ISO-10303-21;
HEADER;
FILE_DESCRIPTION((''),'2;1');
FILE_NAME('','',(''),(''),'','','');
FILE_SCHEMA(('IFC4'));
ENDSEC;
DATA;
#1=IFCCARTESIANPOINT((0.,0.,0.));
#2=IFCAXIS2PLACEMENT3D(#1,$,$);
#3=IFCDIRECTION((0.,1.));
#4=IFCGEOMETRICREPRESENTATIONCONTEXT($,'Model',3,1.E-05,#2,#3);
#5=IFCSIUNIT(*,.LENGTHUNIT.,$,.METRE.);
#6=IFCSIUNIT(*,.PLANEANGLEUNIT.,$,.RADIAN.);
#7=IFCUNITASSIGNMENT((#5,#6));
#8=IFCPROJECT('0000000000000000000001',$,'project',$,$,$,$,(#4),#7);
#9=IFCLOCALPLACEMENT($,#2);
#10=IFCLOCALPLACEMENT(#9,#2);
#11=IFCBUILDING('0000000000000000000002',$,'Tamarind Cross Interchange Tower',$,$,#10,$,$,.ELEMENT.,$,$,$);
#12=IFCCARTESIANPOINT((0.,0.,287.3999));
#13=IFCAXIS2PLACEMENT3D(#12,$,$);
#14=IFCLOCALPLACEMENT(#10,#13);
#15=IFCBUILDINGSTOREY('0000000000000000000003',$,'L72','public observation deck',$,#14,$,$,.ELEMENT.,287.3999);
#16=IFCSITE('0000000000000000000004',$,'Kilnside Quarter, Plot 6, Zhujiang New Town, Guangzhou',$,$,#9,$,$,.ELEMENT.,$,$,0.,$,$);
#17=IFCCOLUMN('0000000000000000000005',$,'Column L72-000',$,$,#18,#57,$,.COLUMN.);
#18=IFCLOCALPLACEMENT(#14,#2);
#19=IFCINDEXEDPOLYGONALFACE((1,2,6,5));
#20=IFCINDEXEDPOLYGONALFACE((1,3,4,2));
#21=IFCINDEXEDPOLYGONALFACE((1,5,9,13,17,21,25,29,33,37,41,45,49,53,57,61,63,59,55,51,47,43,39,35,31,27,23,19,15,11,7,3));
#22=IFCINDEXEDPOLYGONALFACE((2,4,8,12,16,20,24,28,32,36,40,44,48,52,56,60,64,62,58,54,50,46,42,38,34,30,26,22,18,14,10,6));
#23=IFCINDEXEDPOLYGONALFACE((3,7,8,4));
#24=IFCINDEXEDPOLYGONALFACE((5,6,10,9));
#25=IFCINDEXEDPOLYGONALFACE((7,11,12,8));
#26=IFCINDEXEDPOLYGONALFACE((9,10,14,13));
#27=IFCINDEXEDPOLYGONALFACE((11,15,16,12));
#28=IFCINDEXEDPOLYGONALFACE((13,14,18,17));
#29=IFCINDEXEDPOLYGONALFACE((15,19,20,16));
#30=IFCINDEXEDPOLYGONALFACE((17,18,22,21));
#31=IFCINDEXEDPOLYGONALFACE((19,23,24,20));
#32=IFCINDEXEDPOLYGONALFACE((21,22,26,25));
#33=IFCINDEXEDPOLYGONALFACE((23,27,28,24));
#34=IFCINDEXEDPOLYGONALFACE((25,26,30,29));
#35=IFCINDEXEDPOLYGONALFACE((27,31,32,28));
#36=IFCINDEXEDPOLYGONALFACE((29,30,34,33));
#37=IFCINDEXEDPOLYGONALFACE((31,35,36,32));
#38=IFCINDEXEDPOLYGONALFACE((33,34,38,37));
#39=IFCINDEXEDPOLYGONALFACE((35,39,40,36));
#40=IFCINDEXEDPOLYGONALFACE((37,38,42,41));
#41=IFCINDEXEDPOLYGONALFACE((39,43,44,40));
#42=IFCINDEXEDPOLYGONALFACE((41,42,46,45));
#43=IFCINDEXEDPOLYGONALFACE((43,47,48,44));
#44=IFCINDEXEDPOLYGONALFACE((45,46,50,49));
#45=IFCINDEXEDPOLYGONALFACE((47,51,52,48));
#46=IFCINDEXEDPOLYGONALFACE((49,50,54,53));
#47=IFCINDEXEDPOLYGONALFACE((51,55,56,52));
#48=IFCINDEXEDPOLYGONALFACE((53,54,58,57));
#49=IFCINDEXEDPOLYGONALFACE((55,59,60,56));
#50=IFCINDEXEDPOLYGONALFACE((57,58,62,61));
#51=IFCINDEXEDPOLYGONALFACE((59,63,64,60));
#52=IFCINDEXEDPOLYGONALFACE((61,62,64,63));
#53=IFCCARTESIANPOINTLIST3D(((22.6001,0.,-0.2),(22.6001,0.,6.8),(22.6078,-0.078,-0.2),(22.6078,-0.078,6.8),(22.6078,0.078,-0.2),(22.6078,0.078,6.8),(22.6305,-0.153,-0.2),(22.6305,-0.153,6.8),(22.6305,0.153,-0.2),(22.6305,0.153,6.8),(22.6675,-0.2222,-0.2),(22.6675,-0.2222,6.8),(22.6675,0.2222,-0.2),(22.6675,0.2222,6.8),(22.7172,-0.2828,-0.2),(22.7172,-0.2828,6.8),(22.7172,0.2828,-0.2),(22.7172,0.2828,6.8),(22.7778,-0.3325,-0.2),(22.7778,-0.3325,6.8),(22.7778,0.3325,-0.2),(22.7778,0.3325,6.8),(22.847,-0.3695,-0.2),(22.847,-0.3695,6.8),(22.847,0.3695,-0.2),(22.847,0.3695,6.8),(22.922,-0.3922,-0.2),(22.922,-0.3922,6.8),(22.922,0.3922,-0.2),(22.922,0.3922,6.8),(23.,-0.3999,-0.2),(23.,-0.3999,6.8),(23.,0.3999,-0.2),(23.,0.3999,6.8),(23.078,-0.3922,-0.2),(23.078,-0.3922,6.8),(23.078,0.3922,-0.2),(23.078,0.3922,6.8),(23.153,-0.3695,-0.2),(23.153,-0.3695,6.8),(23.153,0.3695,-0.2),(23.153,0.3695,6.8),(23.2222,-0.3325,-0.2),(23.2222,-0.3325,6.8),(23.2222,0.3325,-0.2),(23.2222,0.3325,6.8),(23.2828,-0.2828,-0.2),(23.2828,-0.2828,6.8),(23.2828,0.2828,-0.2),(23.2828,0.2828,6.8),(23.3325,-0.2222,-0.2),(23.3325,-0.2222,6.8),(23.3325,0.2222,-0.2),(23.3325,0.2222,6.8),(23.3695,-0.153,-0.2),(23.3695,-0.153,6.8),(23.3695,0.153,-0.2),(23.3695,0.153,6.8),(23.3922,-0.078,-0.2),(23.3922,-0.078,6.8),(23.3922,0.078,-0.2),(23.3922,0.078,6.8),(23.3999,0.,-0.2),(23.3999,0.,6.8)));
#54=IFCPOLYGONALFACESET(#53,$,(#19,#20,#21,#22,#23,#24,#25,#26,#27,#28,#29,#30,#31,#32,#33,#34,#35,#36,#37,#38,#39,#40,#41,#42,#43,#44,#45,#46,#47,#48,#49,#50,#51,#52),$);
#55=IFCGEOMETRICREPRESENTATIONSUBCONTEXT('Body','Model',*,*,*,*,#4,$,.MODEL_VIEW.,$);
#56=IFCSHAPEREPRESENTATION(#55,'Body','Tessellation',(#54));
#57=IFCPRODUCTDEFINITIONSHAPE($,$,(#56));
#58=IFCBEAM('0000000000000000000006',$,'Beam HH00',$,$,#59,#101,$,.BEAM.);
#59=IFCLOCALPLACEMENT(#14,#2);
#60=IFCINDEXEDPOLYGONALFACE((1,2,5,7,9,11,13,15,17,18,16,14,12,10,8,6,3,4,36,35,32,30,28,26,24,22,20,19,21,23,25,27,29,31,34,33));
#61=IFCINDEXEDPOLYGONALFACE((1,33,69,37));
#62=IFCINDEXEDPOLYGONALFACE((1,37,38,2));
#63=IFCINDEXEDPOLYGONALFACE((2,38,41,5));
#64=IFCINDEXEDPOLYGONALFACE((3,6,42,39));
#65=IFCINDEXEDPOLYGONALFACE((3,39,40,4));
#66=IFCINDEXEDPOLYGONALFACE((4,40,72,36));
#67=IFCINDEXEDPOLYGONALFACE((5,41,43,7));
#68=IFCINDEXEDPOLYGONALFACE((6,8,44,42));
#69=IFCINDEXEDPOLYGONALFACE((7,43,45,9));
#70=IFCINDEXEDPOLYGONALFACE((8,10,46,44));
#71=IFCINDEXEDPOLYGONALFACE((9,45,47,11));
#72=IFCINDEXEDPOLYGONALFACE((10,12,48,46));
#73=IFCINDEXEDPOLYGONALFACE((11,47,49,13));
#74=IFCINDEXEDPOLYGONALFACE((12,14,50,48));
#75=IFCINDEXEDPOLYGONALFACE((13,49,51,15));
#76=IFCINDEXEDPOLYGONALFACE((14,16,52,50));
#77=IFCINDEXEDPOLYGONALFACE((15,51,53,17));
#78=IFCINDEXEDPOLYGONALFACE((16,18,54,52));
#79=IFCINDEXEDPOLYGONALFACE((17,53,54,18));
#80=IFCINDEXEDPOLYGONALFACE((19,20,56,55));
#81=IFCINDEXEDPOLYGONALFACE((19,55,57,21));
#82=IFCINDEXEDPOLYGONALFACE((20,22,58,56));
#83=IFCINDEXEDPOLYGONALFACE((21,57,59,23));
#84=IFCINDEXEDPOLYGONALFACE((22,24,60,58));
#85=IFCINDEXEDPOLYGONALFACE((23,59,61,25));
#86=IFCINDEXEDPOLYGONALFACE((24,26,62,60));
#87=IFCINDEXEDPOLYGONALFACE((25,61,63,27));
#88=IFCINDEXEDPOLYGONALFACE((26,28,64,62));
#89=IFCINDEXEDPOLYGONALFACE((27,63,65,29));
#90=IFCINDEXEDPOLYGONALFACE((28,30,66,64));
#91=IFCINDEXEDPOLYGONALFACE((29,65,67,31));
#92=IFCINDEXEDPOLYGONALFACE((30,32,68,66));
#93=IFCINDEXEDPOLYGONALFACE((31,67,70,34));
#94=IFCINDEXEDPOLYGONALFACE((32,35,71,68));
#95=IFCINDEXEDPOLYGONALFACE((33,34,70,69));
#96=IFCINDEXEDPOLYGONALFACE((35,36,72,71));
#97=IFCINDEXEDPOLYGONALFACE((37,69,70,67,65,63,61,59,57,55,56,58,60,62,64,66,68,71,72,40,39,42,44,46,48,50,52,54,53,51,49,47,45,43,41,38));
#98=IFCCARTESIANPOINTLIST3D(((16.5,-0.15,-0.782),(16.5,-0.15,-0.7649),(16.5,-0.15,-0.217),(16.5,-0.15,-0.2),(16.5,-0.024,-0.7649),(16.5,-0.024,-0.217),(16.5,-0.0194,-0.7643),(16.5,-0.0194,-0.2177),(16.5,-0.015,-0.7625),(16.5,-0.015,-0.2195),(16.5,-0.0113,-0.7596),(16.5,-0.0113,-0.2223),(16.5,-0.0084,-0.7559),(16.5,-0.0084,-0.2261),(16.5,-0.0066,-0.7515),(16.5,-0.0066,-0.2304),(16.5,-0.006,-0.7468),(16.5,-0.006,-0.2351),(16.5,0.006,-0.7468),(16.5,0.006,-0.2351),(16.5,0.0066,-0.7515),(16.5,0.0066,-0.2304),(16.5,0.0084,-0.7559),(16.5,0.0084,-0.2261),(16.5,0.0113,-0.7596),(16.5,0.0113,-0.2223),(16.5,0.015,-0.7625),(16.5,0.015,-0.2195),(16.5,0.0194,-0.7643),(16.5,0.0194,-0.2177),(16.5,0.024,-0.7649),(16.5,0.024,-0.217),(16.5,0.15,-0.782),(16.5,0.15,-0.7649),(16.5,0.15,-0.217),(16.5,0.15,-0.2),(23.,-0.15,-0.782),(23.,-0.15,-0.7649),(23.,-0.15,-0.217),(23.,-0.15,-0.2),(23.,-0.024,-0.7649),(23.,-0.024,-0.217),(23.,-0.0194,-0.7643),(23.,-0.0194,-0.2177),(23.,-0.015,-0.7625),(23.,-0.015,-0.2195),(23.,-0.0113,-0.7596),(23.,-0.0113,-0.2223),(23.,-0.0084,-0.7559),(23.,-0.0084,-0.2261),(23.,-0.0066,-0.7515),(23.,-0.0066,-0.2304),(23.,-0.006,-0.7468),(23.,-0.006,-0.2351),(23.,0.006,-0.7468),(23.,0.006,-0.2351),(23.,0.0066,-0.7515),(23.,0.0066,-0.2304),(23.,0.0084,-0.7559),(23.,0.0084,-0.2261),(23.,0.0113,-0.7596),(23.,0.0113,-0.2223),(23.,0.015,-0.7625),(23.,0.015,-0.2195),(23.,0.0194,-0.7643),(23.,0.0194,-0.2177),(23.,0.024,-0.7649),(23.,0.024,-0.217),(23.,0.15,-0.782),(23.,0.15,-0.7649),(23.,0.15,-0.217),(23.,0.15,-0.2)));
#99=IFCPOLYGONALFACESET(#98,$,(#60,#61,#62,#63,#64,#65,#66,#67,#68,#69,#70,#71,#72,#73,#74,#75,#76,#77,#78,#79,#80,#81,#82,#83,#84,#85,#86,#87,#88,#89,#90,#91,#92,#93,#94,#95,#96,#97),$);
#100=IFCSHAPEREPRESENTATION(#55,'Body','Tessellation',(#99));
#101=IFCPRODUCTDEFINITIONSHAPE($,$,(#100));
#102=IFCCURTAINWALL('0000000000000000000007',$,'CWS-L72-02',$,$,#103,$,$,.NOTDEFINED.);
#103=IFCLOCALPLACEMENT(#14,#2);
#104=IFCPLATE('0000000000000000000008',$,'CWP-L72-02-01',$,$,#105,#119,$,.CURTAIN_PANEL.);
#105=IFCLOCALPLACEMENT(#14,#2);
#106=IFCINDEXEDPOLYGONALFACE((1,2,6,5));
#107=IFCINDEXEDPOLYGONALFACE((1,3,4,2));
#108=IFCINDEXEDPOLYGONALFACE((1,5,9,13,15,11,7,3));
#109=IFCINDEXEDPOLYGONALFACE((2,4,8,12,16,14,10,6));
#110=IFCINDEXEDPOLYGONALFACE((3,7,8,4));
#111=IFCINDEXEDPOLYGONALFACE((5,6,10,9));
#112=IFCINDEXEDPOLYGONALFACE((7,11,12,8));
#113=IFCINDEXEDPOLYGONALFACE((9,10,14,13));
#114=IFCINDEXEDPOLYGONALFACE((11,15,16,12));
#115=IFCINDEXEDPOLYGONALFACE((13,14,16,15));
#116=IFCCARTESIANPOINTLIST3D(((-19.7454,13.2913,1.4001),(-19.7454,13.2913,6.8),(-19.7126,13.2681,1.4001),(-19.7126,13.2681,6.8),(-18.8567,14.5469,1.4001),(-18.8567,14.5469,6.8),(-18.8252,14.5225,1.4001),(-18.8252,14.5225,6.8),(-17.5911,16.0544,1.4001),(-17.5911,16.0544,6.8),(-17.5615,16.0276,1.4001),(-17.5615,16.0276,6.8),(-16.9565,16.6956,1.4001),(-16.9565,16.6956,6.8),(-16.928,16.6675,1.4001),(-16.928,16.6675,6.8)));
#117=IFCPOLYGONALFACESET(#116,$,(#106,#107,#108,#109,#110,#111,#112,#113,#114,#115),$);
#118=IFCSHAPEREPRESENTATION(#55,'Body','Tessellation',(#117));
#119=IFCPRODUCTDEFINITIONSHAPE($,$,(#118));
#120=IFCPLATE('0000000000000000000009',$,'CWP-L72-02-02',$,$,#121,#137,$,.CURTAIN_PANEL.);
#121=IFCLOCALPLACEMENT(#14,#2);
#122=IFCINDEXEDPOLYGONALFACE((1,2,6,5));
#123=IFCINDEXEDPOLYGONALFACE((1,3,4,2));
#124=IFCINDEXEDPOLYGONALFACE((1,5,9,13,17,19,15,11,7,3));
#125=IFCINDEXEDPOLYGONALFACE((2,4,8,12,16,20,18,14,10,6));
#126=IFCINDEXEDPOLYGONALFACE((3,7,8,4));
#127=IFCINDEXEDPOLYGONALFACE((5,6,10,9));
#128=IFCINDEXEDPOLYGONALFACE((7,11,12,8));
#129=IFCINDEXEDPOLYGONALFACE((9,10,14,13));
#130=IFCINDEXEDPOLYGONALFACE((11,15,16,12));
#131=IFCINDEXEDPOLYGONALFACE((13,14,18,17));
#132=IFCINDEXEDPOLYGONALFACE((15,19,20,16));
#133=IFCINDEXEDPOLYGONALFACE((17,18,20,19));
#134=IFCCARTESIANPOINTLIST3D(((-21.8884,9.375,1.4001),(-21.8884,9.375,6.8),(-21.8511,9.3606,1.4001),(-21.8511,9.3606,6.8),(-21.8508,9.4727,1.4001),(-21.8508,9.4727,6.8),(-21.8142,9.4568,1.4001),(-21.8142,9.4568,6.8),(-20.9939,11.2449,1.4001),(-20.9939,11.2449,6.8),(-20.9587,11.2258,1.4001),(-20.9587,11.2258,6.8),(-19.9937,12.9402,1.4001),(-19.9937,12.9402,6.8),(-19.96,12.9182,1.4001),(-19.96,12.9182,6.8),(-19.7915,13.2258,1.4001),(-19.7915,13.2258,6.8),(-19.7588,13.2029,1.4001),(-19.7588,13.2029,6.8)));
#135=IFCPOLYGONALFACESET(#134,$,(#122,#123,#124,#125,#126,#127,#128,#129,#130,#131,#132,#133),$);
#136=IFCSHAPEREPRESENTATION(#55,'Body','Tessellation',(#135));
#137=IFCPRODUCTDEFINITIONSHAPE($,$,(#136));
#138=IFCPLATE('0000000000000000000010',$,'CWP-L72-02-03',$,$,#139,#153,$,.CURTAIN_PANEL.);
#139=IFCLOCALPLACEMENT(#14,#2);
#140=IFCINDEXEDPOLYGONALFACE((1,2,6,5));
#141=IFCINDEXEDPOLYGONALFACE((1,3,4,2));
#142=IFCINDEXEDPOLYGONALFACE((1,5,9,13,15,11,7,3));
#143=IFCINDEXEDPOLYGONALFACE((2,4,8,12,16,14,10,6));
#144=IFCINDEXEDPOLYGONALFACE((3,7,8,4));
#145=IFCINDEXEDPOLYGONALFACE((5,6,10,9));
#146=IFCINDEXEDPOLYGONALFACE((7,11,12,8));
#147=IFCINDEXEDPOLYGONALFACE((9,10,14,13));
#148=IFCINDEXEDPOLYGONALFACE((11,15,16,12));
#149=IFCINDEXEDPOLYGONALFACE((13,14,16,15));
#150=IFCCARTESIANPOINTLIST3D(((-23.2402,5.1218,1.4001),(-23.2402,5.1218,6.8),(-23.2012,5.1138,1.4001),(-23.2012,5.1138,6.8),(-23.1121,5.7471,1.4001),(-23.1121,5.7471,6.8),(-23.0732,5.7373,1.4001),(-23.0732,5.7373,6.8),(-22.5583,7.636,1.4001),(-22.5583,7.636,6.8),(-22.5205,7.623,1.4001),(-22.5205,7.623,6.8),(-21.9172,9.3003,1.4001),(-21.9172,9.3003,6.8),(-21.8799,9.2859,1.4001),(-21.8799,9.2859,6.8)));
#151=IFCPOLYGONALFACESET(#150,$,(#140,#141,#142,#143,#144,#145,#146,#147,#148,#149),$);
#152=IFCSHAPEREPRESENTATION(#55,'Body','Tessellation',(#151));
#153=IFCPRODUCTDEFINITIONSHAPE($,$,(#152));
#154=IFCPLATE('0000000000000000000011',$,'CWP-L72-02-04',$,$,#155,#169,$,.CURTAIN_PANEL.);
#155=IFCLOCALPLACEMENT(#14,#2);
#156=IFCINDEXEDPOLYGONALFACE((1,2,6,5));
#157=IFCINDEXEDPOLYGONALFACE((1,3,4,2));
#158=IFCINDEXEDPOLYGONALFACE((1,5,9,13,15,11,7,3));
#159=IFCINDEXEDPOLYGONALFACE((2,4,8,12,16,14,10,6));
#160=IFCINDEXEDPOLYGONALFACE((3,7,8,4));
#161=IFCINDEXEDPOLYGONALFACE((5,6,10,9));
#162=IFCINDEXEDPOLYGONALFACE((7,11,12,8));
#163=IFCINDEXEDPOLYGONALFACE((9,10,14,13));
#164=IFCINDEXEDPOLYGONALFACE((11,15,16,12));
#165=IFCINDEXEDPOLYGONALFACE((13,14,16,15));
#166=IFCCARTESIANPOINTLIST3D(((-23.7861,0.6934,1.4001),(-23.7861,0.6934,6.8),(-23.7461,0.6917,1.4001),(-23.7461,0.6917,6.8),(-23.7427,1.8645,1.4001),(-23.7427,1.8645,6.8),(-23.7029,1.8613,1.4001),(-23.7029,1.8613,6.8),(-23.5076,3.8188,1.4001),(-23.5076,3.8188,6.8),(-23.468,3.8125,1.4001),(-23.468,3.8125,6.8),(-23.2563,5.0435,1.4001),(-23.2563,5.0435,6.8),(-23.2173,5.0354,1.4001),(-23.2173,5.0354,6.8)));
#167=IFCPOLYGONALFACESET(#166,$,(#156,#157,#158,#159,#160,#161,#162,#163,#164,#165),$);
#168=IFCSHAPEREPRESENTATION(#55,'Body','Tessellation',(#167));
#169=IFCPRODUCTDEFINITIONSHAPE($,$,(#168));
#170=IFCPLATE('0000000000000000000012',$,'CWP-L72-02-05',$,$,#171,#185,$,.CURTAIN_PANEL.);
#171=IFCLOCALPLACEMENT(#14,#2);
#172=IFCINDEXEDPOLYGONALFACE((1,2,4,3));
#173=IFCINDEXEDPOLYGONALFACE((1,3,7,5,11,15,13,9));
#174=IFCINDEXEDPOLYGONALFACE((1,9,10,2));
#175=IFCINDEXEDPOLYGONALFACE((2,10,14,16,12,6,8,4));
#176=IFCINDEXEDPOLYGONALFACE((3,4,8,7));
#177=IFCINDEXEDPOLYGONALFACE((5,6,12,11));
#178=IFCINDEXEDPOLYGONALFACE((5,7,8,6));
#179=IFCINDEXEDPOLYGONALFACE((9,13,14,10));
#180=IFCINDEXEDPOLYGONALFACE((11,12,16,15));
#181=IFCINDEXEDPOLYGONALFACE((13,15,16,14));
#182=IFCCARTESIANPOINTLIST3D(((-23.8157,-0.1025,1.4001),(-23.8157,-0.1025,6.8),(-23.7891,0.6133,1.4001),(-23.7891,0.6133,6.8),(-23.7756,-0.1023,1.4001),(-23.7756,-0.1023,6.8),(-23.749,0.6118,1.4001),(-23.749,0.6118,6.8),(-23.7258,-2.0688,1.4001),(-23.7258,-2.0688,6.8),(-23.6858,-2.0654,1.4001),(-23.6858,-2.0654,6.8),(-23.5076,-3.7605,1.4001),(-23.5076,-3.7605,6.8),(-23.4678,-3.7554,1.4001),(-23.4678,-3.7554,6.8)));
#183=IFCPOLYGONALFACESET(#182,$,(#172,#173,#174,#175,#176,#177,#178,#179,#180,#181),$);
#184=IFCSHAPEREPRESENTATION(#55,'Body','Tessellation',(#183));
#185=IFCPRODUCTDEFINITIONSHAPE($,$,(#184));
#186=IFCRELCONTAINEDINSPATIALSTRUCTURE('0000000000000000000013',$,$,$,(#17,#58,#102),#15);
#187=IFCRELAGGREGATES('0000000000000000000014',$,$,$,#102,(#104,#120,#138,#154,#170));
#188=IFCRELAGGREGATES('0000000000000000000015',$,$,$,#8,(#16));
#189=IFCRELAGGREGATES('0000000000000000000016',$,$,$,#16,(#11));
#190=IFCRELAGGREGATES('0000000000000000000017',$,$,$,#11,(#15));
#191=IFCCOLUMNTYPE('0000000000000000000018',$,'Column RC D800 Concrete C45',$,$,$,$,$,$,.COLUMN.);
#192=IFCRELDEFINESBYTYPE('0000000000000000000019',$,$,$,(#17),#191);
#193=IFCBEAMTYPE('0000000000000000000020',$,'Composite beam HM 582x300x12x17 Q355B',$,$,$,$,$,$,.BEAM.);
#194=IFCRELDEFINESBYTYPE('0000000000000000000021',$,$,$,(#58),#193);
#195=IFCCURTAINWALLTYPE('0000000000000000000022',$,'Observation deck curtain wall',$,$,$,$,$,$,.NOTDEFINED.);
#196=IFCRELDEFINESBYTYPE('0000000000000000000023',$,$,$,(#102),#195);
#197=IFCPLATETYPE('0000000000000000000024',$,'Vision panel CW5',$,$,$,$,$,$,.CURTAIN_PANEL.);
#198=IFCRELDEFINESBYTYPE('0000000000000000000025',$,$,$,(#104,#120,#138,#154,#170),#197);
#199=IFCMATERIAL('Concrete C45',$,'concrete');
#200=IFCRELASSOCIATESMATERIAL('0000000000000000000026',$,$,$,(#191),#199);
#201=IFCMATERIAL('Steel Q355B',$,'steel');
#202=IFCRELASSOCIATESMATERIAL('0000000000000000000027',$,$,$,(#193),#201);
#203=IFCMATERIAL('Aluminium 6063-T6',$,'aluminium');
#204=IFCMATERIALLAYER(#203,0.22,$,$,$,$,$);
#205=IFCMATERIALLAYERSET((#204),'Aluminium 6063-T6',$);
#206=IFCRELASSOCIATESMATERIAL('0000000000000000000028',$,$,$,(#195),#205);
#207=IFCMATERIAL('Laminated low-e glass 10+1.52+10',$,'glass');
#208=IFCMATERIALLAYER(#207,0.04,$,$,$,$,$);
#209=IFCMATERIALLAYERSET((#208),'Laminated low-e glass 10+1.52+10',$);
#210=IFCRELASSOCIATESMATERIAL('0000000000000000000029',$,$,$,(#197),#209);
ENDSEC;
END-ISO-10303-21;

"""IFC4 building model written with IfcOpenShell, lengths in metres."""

from ifc_helpers import new_model, si_unit, direction, frame, origin, origin_2d, place, context, subcontext, project, spatial, polyline, circle, i_section, outline, extrude, material, layer, layer_set, material_profile, profile_set, type_object, element, aggregate, save


model = new_model("IFC4")

# Units and contexts
model_context = context("Model", 3, precision=1e-05, world=origin(), true_north=direction((0.0, 1.0)))
body_context = subcontext(model_context, "Body", "Model", "MODEL_VIEW")
ifc_project = project(units=[si_unit("LENGTHUNIT", "METRE"), si_unit("PLANEANGLEUNIT", "RADIAN")], contexts=[model_context])

# Site, building, storey
site_placement = place(None, origin())
site = spatial("IfcSite", under=ifc_project, at=site_placement, Name="Kilnside Quarter, Plot 6, Zhujiang New Town, Guangzhou", CompositionType="ELEMENT", RefElevation=0.0)
building_placement = place(site_placement, origin())
building = spatial("IfcBuilding", under=site, at=building_placement, Name="Tamarind Cross Interchange Tower", CompositionType="ELEMENT")
storey_placement = place(building_placement, frame((0.0, 0.0, 287.3999)))
storey = spatial("IfcBuildingStorey", under=building, at=storey_placement, Name="L72", Description="public observation deck", CompositionType="ELEMENT", Elevation=287.3999)

# Column
ifc_material_1 = material(Name="Concrete C45", Category="concrete")
ifc_material_profile_1 = material_profile(ifc_material_1, circle(Radius=0.3999, at=origin_2d()), Name="RC D800")
ifc_profile_set_1 = profile_set([ifc_material_profile_1], Name="Concrete C45")
column_type = type_object("IfcColumnType", Name="Column RC D800 Concrete C45", PredefinedType="COLUMN", material=ifc_profile_set_1)
column_placement = place(storey_placement, frame((23.0, 0.0, -0.2), z_axis=(0.0, 0.0, 1.0), x_axis=(1.0, 0.0, 0.0)))
element("IfcColumn", 1, at=column_placement, inside=storey, type_object=column_type, Name="Column L72-000", PredefinedType="COLUMN", context=body_context, shape_type="SweptSolid", body=[
    extrude(circle(Radius=0.3999, at=origin_2d()), origin(), (0.0, 0.0, 1.0), 7.0),
])

# Beam
ifc_material_2 = material(Name="Steel Q355B", Category="steel")
ifc_material_profile_2 = material_profile(ifc_material_2, i_section(OverallWidth=0.3, OverallDepth=0.582, WebThickness=0.012, FlangeThickness=0.0171, FilletRadius=0.0181, at=origin_2d()), Name="HM 582x300x12x17")
ifc_profile_set_2 = profile_set([ifc_material_profile_2], Name="Steel Q355B")
beam_type = type_object("IfcBeamType", Name="Composite beam HM 582x300x12x17 Q355B", PredefinedType="BEAM", material=ifc_profile_set_2)
beam_placement = place(storey_placement, frame((23.0, 0.0, -0.491), z_axis=(-1.0, 0.0, 0.0), x_axis=(0.0, -1.0, 0.0)))
element("IfcBeam", 2, at=beam_placement, inside=storey, type_object=beam_type, Name="Beam HH00", PredefinedType="BEAM", context=body_context, shape_type="SweptSolid", body=[
    extrude(i_section(OverallWidth=0.3, OverallDepth=0.582, WebThickness=0.012, FlangeThickness=0.0171, FilletRadius=0.0181, at=origin_2d()), origin(), (0.0, 0.0, 1.0), 6.5),
])

# Curtain wall, plates
ifc_material_3 = material(Name="Aluminium 6063-T6", Category="aluminium")
ifc_layer_1 = layer(ifc_material_3, 0.22)
ifc_layer_set_1 = layer_set([ifc_layer_1], Name="Aluminium 6063-T6")
curtain_wall_type = type_object("IfcCurtainWallType", Name="Observation deck curtain wall", PredefinedType="NOTDEFINED", material=ifc_layer_set_1)
curtain_wall_placement = place(storey_placement, origin())
curtain_wall = element("IfcCurtainWall", 3, at=curtain_wall_placement, inside=storey, type_object=curtain_wall_type, Name="CWS-L72-02", PredefinedType="NOTDEFINED")
ifc_material_4 = material(Name="Laminated low-e glass 10+1.52+10", Category="glass")
ifc_layer_2 = layer(ifc_material_4, 0.04)
ifc_layer_set_2 = layer_set([ifc_layer_2], Name="Laminated low-e glass 10+1.52+10")
plate_type = type_object("IfcPlateType", Name="Vision panel CW5", PredefinedType="CURTAIN_PANEL", material=ifc_layer_set_2)
plate_1_placement = place(storey_placement, frame((0.0, 0.0, 1.4001)))
plate_1 = element("IfcPlate", 4, at=plate_1_placement, type_object=plate_type, Name="CWP-L72-02-01", PredefinedType="CURTAIN_PANEL", context=body_context, shape_type="SweptSolid", body=[
    extrude(outline(polyline([(-16.928, 16.6675), (-17.5615, 16.0276), (-18.8252, 14.5225), (-19.7126, 13.2681), (-19.7454, 13.2913), (-18.8567, 14.5469), (-17.5911, 16.0544), (-16.9565, 16.6956), (-16.928, 16.6675)])), origin(), (0.0, 0.0, 1.0), 5.3999),
])
plate_2_placement = place(storey_placement, frame((0.0, 0.0, 1.4001)))
plate_2 = element("IfcPlate", 5, at=plate_2_placement, type_object=plate_type, Name="CWP-L72-02-02", PredefinedType="CURTAIN_PANEL", context=body_context, shape_type="SweptSolid", body=[
    extrude(outline(polyline([(-19.7588, 13.2029), (-19.96, 12.9182), (-20.9587, 11.2258), (-21.8142, 9.4568), (-21.8511, 9.3606), (-21.8884, 9.375), (-21.8508, 9.4727), (-20.9939, 11.2449), (-19.9937, 12.9402), (-19.7915, 13.2258), (-19.7588, 13.2029)])), origin(), (0.0, 0.0, 1.0), 5.3999),
])
plate_3_placement = place(storey_placement, frame((0.0, 0.0, 1.4001)))
plate_3 = element("IfcPlate", 6, at=plate_3_placement, type_object=plate_type, Name="CWP-L72-02-03", PredefinedType="CURTAIN_PANEL", context=body_context, shape_type="SweptSolid", body=[
    extrude(outline(polyline([(-21.8799, 9.2859), (-22.5205, 7.623), (-23.0732, 5.7373), (-23.2012, 5.1138), (-23.2402, 5.1218), (-23.1121, 5.7471), (-22.5583, 7.636), (-21.9172, 9.3003), (-21.8799, 9.2859)])), origin(), (0.0, 0.0, 1.0), 5.3999),
])
plate_4_placement = place(storey_placement, frame((0.0, 0.0, 1.4001)))
plate_4 = element("IfcPlate", 7, at=plate_4_placement, type_object=plate_type, Name="CWP-L72-02-04", PredefinedType="CURTAIN_PANEL", context=body_context, shape_type="SweptSolid", body=[
    extrude(outline(polyline([(-23.2173, 5.0354), (-23.468, 3.8125), (-23.7029, 1.8613), (-23.7461, 0.6917), (-23.7861, 0.6934), (-23.7427, 1.8645), (-23.5076, 3.8188), (-23.2563, 5.0435), (-23.2173, 5.0354)])), origin(), (0.0, 0.0, 1.0), 5.3999),
])
plate_5_placement = place(storey_placement, frame((0.0, 0.0, 1.4001)))
plate_5 = element("IfcPlate", 8, at=plate_5_placement, type_object=plate_type, Name="CWP-L72-02-05", PredefinedType="CURTAIN_PANEL", context=body_context, shape_type="SweptSolid", body=[
    extrude(outline(polyline([(-23.749, 0.6118), (-23.7756, -0.1023), (-23.6858, -2.0654), (-23.4678, -3.7554), (-23.5076, -3.7605), (-23.7258, -2.0688), (-23.8157, -0.1025), (-23.7891, 0.6133), (-23.749, 0.6118)])), origin(), (0.0, 0.0, 1.0), 5.3999),
])
aggregate(curtain_wall, [plate_1, plate_2, plate_3, plate_4, plate_5])

save(model, "model.ifc")
